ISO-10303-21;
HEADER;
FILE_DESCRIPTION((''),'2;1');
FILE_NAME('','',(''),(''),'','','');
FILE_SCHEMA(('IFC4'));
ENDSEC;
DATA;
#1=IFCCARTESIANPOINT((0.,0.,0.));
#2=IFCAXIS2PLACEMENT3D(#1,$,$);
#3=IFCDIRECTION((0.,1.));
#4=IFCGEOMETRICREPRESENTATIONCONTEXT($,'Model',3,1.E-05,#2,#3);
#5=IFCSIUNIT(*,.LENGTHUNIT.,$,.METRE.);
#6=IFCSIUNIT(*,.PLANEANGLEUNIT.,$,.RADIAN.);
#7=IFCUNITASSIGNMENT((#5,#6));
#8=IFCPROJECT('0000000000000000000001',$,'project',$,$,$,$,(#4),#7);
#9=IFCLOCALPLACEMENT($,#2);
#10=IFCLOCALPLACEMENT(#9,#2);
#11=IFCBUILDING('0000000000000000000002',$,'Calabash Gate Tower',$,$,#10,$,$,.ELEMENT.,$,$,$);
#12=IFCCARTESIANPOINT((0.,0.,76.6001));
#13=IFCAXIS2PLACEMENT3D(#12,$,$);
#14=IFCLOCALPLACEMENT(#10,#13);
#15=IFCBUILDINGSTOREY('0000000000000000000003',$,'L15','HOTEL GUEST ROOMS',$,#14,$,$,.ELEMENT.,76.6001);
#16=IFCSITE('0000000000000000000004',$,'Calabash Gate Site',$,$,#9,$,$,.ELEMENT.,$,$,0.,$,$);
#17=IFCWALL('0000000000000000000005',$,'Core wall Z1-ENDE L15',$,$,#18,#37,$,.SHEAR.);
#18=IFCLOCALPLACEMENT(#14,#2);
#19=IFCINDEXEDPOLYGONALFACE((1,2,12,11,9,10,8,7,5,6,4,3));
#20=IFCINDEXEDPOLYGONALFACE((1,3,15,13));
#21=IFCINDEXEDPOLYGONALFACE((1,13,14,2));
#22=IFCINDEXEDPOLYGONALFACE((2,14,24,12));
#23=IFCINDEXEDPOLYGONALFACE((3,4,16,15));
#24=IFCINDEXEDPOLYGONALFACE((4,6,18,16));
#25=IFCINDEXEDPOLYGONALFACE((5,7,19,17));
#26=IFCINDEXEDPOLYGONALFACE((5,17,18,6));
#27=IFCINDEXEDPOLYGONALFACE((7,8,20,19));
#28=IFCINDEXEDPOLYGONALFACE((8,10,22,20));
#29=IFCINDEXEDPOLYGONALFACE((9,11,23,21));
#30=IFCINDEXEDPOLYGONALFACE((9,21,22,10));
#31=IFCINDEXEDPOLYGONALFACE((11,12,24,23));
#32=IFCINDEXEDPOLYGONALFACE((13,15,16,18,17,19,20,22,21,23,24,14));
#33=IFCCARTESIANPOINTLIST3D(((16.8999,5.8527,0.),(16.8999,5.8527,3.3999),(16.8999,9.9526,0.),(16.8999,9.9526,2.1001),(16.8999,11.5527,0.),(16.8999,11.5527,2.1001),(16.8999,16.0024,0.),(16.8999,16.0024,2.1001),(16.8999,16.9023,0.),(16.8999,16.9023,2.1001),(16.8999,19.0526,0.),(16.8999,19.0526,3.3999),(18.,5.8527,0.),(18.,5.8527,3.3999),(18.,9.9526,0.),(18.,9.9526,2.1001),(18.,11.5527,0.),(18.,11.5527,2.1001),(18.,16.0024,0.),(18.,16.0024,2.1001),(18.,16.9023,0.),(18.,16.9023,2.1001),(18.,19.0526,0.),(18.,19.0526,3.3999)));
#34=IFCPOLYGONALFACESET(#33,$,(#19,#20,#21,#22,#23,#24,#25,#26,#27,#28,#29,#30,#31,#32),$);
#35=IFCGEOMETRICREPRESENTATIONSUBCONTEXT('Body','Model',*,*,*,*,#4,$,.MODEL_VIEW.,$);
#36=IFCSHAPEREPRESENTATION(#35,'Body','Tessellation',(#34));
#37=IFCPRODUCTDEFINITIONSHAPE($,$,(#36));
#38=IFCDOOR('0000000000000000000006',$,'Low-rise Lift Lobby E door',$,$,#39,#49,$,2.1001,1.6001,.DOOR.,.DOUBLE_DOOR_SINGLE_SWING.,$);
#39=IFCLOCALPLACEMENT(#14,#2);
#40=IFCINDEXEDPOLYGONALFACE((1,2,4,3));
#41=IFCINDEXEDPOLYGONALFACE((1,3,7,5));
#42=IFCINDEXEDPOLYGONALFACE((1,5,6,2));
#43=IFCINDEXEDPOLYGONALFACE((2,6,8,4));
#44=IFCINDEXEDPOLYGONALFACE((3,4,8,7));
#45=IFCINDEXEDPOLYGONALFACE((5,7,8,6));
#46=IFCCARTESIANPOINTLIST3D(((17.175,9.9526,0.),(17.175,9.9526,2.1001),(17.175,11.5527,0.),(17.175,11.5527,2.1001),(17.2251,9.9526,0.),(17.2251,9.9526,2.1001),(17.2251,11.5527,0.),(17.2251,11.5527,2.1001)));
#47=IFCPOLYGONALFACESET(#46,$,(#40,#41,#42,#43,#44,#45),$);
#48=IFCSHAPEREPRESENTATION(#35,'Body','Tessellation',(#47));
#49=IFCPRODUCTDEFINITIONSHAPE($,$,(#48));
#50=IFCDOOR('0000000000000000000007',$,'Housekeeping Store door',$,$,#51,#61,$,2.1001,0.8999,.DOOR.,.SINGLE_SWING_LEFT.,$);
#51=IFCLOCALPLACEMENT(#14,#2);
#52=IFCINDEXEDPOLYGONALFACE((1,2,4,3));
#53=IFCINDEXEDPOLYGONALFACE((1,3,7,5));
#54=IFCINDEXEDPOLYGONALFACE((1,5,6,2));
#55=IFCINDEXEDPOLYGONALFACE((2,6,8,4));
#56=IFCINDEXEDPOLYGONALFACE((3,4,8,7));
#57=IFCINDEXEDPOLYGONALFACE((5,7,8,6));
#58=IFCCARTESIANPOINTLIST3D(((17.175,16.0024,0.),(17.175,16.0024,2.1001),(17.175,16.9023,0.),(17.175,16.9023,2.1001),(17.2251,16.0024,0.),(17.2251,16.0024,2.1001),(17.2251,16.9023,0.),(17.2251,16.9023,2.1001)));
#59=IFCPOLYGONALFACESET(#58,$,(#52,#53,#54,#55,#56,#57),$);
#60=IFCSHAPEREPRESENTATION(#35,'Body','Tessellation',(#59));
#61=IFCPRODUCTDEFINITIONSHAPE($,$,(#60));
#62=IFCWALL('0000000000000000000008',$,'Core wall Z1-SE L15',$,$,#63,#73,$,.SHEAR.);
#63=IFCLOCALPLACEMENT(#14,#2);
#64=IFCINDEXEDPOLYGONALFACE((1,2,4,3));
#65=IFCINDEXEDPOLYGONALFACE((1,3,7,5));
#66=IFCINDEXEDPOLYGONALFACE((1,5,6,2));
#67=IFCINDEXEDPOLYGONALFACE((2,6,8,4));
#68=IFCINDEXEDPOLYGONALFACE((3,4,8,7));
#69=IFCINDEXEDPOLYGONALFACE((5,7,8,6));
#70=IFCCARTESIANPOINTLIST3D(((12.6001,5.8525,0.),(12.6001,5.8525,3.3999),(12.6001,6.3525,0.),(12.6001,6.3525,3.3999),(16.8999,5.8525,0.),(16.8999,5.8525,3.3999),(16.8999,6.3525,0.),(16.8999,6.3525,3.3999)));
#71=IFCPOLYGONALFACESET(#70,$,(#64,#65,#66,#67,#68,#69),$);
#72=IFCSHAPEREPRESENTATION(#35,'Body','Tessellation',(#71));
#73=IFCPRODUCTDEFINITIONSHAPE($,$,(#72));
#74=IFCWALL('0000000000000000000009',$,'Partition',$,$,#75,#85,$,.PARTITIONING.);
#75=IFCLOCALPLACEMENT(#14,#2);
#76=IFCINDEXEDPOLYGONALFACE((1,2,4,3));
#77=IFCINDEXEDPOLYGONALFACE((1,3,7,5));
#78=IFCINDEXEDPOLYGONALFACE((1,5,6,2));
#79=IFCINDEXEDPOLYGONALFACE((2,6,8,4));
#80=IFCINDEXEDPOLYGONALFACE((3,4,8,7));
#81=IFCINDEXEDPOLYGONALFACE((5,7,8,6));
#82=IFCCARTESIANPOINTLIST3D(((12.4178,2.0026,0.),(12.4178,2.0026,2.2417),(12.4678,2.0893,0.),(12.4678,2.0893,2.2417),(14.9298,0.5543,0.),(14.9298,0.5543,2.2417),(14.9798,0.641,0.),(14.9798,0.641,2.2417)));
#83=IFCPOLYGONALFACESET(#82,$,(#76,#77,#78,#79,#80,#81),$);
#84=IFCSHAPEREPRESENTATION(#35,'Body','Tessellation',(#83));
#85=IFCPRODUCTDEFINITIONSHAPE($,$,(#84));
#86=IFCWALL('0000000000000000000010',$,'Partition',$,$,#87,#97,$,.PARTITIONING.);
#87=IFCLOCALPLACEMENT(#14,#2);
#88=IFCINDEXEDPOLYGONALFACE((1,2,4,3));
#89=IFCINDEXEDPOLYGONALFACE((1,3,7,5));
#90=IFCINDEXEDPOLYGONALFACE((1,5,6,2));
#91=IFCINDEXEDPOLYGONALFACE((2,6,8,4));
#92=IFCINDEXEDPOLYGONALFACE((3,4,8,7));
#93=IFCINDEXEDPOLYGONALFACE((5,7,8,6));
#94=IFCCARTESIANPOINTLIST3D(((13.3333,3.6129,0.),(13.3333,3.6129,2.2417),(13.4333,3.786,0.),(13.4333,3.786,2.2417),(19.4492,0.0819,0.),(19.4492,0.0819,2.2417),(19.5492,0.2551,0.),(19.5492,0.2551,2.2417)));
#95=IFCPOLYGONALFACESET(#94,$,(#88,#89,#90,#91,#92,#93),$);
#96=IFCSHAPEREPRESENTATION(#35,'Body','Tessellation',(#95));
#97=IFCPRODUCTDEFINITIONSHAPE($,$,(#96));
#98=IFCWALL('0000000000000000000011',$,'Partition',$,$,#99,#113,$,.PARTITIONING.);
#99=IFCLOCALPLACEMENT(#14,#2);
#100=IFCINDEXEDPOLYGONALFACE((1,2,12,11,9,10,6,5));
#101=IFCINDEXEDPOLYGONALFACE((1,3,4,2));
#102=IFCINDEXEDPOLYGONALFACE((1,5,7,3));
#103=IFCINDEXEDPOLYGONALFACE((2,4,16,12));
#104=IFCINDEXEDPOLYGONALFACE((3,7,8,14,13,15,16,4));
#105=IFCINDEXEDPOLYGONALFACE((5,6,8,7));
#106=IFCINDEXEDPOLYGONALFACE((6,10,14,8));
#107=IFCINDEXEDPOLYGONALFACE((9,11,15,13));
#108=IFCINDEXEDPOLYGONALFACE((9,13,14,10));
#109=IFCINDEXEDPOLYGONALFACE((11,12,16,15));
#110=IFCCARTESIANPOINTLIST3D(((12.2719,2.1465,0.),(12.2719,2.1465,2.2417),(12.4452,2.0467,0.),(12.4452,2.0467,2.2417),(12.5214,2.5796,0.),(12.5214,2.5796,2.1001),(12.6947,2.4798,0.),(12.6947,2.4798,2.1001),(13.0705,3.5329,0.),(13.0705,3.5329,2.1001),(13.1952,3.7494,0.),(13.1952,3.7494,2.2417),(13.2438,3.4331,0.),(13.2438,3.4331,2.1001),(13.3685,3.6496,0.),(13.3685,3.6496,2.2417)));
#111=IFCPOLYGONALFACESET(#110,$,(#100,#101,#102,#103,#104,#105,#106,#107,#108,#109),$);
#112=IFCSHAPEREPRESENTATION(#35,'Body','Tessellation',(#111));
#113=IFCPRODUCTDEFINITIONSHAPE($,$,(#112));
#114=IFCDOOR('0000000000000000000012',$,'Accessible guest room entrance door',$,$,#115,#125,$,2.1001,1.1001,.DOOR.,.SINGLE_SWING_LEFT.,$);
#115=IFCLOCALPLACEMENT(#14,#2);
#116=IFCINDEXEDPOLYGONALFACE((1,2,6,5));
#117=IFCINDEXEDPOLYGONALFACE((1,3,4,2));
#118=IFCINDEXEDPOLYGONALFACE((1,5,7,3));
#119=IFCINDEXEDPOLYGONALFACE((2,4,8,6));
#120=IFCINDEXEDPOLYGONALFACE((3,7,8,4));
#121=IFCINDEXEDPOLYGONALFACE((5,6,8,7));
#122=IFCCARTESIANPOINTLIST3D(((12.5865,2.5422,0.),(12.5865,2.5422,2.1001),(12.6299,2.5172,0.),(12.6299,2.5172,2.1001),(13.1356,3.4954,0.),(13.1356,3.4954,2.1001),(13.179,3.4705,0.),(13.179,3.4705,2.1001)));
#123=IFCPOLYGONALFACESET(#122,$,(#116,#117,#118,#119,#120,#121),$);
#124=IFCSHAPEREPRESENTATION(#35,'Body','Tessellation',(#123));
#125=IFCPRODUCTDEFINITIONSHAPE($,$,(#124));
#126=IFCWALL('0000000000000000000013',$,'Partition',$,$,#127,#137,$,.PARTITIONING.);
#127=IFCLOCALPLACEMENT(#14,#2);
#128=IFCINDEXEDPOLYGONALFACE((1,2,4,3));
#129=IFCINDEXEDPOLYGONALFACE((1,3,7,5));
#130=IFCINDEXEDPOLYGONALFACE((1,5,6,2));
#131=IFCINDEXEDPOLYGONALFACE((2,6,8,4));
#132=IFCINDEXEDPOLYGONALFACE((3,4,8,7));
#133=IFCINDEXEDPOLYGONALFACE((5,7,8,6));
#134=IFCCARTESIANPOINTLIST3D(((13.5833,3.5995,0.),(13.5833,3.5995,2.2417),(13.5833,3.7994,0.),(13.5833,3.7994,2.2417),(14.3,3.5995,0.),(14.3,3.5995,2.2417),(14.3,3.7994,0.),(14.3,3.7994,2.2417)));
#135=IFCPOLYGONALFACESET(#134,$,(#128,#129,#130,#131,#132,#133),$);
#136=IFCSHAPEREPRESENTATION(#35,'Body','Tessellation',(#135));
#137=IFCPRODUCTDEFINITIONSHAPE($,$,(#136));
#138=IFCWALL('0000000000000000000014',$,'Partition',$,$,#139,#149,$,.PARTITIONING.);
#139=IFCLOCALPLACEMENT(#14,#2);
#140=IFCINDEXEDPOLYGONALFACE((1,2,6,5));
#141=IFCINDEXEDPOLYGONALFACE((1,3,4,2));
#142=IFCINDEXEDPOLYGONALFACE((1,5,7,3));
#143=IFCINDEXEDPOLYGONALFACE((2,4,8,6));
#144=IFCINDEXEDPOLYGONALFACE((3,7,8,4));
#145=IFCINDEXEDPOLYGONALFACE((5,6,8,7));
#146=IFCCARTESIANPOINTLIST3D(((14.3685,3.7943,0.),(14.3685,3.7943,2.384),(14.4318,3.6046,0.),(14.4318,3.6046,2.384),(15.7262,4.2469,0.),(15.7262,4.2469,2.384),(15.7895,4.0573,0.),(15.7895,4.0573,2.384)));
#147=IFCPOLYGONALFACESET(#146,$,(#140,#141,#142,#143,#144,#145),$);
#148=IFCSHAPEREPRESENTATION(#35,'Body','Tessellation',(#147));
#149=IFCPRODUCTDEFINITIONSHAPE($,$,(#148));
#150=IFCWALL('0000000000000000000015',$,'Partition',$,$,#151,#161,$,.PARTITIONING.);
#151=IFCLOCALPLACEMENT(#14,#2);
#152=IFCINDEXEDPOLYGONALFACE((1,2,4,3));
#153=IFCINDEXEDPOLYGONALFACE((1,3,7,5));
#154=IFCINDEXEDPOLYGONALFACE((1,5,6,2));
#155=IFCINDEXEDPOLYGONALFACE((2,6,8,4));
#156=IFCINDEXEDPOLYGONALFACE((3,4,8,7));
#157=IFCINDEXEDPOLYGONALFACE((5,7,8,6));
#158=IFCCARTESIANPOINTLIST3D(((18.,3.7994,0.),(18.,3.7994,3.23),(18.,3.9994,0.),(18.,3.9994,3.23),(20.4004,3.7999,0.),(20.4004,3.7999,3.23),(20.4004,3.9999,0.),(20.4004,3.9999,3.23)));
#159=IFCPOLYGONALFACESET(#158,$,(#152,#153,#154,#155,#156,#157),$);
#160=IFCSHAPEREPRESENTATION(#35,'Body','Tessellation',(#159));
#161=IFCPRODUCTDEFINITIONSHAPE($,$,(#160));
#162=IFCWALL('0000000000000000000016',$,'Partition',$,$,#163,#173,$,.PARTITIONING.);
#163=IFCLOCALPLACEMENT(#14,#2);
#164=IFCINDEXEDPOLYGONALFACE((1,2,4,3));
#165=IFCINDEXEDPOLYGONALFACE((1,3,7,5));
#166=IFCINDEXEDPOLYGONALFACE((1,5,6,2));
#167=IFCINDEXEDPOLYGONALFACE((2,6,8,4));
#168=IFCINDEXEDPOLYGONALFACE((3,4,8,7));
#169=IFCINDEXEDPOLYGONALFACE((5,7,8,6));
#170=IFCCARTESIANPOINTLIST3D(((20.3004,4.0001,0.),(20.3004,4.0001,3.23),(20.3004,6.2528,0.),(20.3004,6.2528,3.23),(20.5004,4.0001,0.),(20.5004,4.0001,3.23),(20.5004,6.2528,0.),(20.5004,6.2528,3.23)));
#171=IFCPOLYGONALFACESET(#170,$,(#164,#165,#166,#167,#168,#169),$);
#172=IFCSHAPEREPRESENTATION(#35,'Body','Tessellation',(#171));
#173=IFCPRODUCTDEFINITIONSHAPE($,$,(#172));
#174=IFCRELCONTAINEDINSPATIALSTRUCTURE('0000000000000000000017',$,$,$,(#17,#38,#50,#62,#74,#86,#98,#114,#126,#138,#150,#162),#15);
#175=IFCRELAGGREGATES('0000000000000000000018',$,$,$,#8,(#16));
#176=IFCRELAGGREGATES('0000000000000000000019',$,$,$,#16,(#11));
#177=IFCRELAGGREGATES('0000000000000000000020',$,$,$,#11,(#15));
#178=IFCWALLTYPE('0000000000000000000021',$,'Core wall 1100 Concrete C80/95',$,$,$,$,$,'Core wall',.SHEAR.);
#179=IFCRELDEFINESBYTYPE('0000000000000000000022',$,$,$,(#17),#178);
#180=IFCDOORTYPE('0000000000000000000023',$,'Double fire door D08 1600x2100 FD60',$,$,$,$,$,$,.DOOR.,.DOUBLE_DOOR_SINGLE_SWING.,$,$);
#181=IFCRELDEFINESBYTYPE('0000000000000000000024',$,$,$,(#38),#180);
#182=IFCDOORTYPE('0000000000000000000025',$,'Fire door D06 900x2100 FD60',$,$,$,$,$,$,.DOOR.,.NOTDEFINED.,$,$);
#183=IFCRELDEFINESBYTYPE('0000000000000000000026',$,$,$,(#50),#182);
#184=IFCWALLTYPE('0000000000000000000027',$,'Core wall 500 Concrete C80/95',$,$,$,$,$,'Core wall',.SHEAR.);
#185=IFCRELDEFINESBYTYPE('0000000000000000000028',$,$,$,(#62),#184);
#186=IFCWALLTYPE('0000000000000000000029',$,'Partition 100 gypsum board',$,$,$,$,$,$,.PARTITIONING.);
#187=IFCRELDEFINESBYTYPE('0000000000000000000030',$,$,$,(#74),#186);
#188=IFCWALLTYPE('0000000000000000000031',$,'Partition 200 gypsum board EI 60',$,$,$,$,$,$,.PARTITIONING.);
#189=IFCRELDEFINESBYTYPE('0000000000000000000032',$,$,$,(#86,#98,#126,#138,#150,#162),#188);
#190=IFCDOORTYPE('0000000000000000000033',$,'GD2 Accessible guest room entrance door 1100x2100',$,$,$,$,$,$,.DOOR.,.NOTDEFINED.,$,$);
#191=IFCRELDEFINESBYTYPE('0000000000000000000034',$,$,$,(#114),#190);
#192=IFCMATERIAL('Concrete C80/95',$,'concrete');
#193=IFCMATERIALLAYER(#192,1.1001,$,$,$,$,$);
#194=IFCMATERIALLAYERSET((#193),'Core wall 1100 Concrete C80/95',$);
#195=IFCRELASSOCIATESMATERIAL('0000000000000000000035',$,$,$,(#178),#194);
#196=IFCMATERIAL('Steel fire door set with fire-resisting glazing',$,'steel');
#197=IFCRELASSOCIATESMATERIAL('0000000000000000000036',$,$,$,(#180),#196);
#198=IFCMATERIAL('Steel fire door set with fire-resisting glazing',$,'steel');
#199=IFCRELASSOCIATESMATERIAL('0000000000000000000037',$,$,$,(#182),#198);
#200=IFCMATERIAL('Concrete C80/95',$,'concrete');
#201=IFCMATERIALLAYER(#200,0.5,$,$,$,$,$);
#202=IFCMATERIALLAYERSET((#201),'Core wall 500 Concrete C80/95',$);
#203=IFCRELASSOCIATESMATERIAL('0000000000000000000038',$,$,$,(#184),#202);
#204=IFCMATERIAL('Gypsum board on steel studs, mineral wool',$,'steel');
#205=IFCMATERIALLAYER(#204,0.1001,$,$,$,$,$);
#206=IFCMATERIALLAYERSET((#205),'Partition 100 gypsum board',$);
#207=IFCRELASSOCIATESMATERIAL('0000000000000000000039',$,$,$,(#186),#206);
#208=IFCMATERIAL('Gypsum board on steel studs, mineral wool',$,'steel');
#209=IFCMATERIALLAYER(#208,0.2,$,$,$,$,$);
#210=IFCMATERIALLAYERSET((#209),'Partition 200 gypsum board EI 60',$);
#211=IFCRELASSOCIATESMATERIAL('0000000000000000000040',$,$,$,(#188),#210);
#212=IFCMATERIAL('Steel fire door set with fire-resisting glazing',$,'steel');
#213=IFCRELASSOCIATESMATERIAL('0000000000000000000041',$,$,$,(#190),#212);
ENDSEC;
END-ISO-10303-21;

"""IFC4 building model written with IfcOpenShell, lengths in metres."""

from ifc_helpers import new_model, si_unit, direction, frame, frame_2d, origin, place, context, subcontext, project, spatial, rectangle, extrude, material, layer, layer_set, type_object, element, fill, save


model = new_model("IFC4")

# Units and contexts
model_context = context("Model", 3, precision=1e-05, world=origin(), true_north=direction((0.0, 1.0)))
body_context = subcontext(model_context, "Body", "Model", "MODEL_VIEW")
ifc_project = project(units=[si_unit("LENGTHUNIT", "METRE"), si_unit("PLANEANGLEUNIT", "RADIAN")], contexts=[model_context])

# Site, building, storey
site_placement = place(None, origin())
site = spatial("IfcSite", under=ifc_project, at=site_placement, Name="Calabash Gate Site", CompositionType="ELEMENT", RefElevation=0.0)
building_placement = place(site_placement, origin())
building = spatial("IfcBuilding", under=site, at=building_placement, Name="Calabash Gate Tower", CompositionType="ELEMENT")
storey_placement = place(building_placement, frame((0.0, 0.0, 76.6001)))
storey = spatial("IfcBuildingStorey", under=building, at=storey_placement, Name="L15", Description="HOTEL GUEST ROOMS", CompositionType="ELEMENT", Elevation=76.6001)

# Wall, openings, doors
ifc_material_1 = material(Name="Concrete C80/95", Category="concrete")
ifc_layer_1 = layer(ifc_material_1, 1.1001)
ifc_layer_set_1 = layer_set([ifc_layer_1], Name="Core wall 1100 Concrete C80/95")
wall_type_1 = type_object("IfcWallType", Name="Core wall 1100 Concrete C80/95", ElementType="Core wall", PredefinedType="SHEAR", material=ifc_layer_set_1)
wall_1_placement = place(storey_placement, frame((17.45, 5.8525, 0.0), z_axis=(0.0, 0.0, 1.0), x_axis=(0.0, 1.0, 0.0)))
wall_1 = element("IfcWall", 1, at=wall_1_placement, inside=storey, type_object=wall_type_1, Name="Core wall Z1-ENDE L15", PredefinedType="SHEAR", context=body_context, shape_type="SweptSolid", body=[
    extrude(rectangle(XDim=13.2, YDim=1.1001, at=frame_2d((6.6001, 0.0))), origin(), (0.0, 0.0, 1.0), 3.3999),
])
opening_1_placement = place(wall_1_placement, frame((4.1001, 0.0, 0.0)))
opening_1 = element("IfcOpeningElement", 2, at=opening_1_placement, cuts=wall_1, PredefinedType="OPENING", context=body_context, shape_type="SweptSolid", body=[
    extrude(rectangle(XDim=1.6001, YDim=2.1001, at=frame_2d((0.8, 1.05))), frame((0.0, 0.5601, 0.0), z_axis=(0.0, -1.0, 0.0), x_axis=(1.0, 0.0, 0.0)), (0.0, 0.0, 1.0), 1.1201),
])
opening_2_placement = place(wall_1_placement, frame((10.1499, 0.0, 0.0)))
opening_2 = element("IfcOpeningElement", 3, at=opening_2_placement, cuts=wall_1, PredefinedType="OPENING", context=body_context, shape_type="SweptSolid", body=[
    extrude(rectangle(XDim=0.8999, YDim=2.1001, at=frame_2d((0.45, 1.05))), frame((0.0, 0.5601, 0.0), z_axis=(0.0, -1.0, 0.0), x_axis=(1.0, 0.0, 0.0)), (0.0, 0.0, 1.0), 1.1201),
])
ifc_material_2 = material(Name="Steel fire door set with fire-resisting glazing", Category="steel")
door_type_1 = type_object("IfcDoorType", Name="Double fire door D08 1600x2100 FD60", OperationType="DOUBLE_DOOR_SINGLE_SWING", PredefinedType="DOOR", material=ifc_material_2)
door_1_placement = place(opening_1_placement, origin())
door_1 = element("IfcDoor", 4, at=door_1_placement, inside=storey, type_object=door_type_1, Name="Low-rise Lift Lobby E door", OperationType="DOUBLE_DOOR_SINGLE_SWING", OverallHeight=2.1001, OverallWidth=1.6001, PredefinedType="DOOR", context=body_context, shape_type="SweptSolid", body=[
    extrude(rectangle(XDim=1.6001, YDim=2.1001, at=frame_2d((0.8, 1.05))), frame((0.0, 0.2749, 0.0), z_axis=(0.0, -1.0, 0.0), x_axis=(1.0, 0.0, 0.0)), (0.0, 0.0, 1.0), 0.05),
])
fill(opening_1, door_1)
ifc_material_3 = material(Name="Steel fire door set with fire-resisting glazing", Category="steel")
door_type_2 = type_object("IfcDoorType", Name="Fire door D06 900x2100 FD60", OperationType="NOTDEFINED", PredefinedType="DOOR", material=ifc_material_3)
door_2_placement = place(opening_2_placement, origin())
door_2 = element("IfcDoor", 5, at=door_2_placement, inside=storey, type_object=door_type_2, Name="Housekeeping Store door", OperationType="SINGLE_SWING_LEFT", OverallHeight=2.1001, OverallWidth=0.8999, PredefinedType="DOOR", context=body_context, shape_type="SweptSolid", body=[
    extrude(rectangle(XDim=0.8999, YDim=2.1001, at=frame_2d((0.45, 1.05))), frame((0.0, 0.2749, 0.0), z_axis=(0.0, -1.0, 0.0), x_axis=(1.0, 0.0, 0.0)), (0.0, 0.0, 1.0), 0.05),
])
fill(opening_2, door_2)

# Walls
ifc_material_4 = material(Name="Concrete C80/95", Category="concrete")
ifc_layer_2 = layer(ifc_material_4, 0.5)
ifc_layer_set_2 = layer_set([ifc_layer_2], Name="Core wall 500 Concrete C80/95")
wall_type_2 = type_object("IfcWallType", Name="Core wall 500 Concrete C80/95", ElementType="Core wall", PredefinedType="SHEAR", material=ifc_layer_set_2)
wall_2_placement = place(storey_placement, frame((12.6001, 6.1025, 0.0), z_axis=(0.0, 0.0, 1.0), x_axis=(1.0, 0.0, 0.0)))
element("IfcWall", 6, at=wall_2_placement, inside=storey, type_object=wall_type_2, Name="Core wall Z1-SE L15", PredefinedType="SHEAR", context=body_context, shape_type="SweptSolid", body=[
    extrude(rectangle(XDim=4.2998, YDim=0.5, at=frame_2d((2.1499, 0.0))), origin(), (0.0, 0.0, 1.0), 3.3999),
])
ifc_material_5 = material(Name="Gypsum board on steel studs, mineral wool", Category="steel")
ifc_layer_3 = layer(ifc_material_5, 0.1001)
ifc_layer_set_3 = layer_set([ifc_layer_3], Name="Partition 100 gypsum board")
wall_type_3 = type_object("IfcWallType", Name="Partition 100 gypsum board", PredefinedType="PARTITIONING", material=ifc_layer_set_3)
wall_3_placement = place(storey_placement, frame((12.4429, 2.0459, 0.0), z_axis=(0.0, 0.0, 1.0), x_axis=(0.86633, -0.499472, 0.0)))
element("IfcWall", 7, at=wall_3_placement, inside=storey, type_object=wall_type_3, Name="Partition", PredefinedType="PARTITIONING", context=body_context, shape_type="SweptSolid", body=[
    extrude(rectangle(XDim=2.8997, YDim=0.1001, at=frame_2d((1.4497, 0.0))), origin(), (0.0, 0.0, 1.0), 2.2417),
])
ifc_material_6 = material(Name="Gypsum board on steel studs, mineral wool", Category="steel")
ifc_layer_4 = layer(ifc_material_6, 0.2)
ifc_layer_set_4 = layer_set([ifc_layer_4], Name="Partition 200 gypsum board EI 60")
wall_type_4 = type_object("IfcWallType", Name="Partition 200 gypsum board EI 60", PredefinedType="PARTITIONING", material=ifc_layer_set_4)
wall_4_placement = place(storey_placement, frame((13.3833, 3.6995, 0.0), z_axis=(0.0, 0.0, 1.0), x_axis=(0.866028, -0.499995, 0.0)))
element("IfcWall", 8, at=wall_4_placement, inside=storey, type_object=wall_type_4, Name="Partition", PredefinedType="PARTITIONING", context=body_context, shape_type="SweptSolid", body=[
    extrude(rectangle(XDim=7.062, YDim=0.2, at=frame_2d((3.531, 0.0))), origin(), (0.0, 0.0, 1.0), 2.2417),
])

# Wall, opening, door
wall_5_placement = place(storey_placement, frame((12.3586, 2.0967, 0.0), z_axis=(0.0, 0.0, 1.0), x_axis=(0.499121, 0.866533, 0.0)))
wall_5 = element("IfcWall", 9, at=wall_5_placement, inside=storey, type_object=wall_type_4, Name="Partition", PredefinedType="PARTITIONING", context=body_context, shape_type="SweptSolid", body=[
    extrude(rectangle(XDim=1.8499, YDim=0.2, at=frame_2d((0.9248, 0.0))), origin(), (0.0, 0.0, 1.0), 2.2417),
])
opening_3_placement = place(wall_5_placement, frame((0.4998, 0.0, 0.0)))
opening_3 = element("IfcOpeningElement", 10, at=opening_3_placement, cuts=wall_5, PredefinedType="OPENING", context=body_context, shape_type="SweptSolid", body=[
    extrude(rectangle(XDim=1.1001, YDim=2.1001, at=frame_2d((0.55, 1.05))), frame((0.0, 0.1099, 0.0), z_axis=(0.0, -1.0, 0.0), x_axis=(1.0, 0.0, 0.0)), (0.0, 0.0, 1.0), 0.22),
])
ifc_material_7 = material(Name="Steel fire door set with fire-resisting glazing", Category="steel")
door_type_3 = type_object("IfcDoorType", Name="GD2 Accessible guest room entrance door 1100x2100", OperationType="NOTDEFINED", PredefinedType="DOOR", material=ifc_material_7)
door_3_placement = place(opening_3_placement, origin())
door_3 = element("IfcDoor", 11, at=door_3_placement, inside=storey, type_object=door_type_3, Name="Accessible guest room entrance door", OperationType="SINGLE_SWING_LEFT", OverallHeight=2.1001, OverallWidth=1.1001, PredefinedType="DOOR", context=body_context, shape_type="SweptSolid", body=[
    extrude(rectangle(XDim=1.1001, YDim=2.1001, at=frame_2d((0.55, 1.05))), frame((0.0, 0.0249, 0.0), z_axis=(0.0, -1.0, 0.0), x_axis=(1.0, 0.0, 0.0)), (0.0, 0.0, 1.0), 0.05),
])
fill(opening_3, door_3)

# Walls
wall_6_placement = place(storey_placement, frame((13.5833, 3.6995, 0.0), z_axis=(0.0, 0.0, 1.0), x_axis=(1.0, 0.0, 0.0)))
element("IfcWall", 12, at=wall_6_placement, inside=storey, type_object=wall_type_4, Name="Partition", PredefinedType="PARTITIONING", context=body_context, shape_type="SweptSolid", body=[
    extrude(rectangle(XDim=0.7168, YDim=0.2, at=frame_2d((0.3584, 0.0))), origin(), (0.0, 0.0, 1.0), 2.2417),
])
wall_7_placement = place(storey_placement, frame((14.4001, 3.6995, 0.0), z_axis=(0.0, 0.0, 1.0), x_axis=(0.948666, 0.316279, 0.0)))
element("IfcWall", 13, at=wall_7_placement, inside=storey, type_object=wall_type_4, Name="Partition", PredefinedType="PARTITIONING", context=body_context, shape_type="SweptSolid", body=[
    extrude(rectangle(XDim=1.4312, YDim=0.2, at=frame_2d((0.7156, 0.0))), origin(), (0.0, 0.0, 1.0), 2.384),
])
wall_8_placement = place(storey_placement, frame((18.0, 3.8994, 0.0), z_axis=(0.0, 0.0, 1.0), x_axis=(1.0, 0.000203, 0.0)))
element("IfcWall", 14, at=wall_8_placement, inside=storey, type_object=wall_type_4, Name="Partition", PredefinedType="PARTITIONING", context=body_context, shape_type="SweptSolid", body=[
    extrude(rectangle(XDim=2.4004, YDim=0.2, at=frame_2d((1.2002, 0.0))), origin(), (0.0, 0.0, 1.0), 3.23),
])
wall_9_placement = place(storey_placement, frame((20.4004, 4.0, 0.0), z_axis=(0.0, 0.0, 1.0), x_axis=(0.0, 1.0, 0.0)))
element("IfcWall", 15, at=wall_9_placement, inside=storey, type_object=wall_type_4, Name="Partition", PredefinedType="PARTITIONING", context=body_context, shape_type="SweptSolid", body=[
    extrude(rectangle(XDim=2.2527, YDim=0.2, at=frame_2d((1.1265, 0.0))), origin(), (0.0, 0.0, 1.0), 3.23),
])

save(model, "model.ifc")
